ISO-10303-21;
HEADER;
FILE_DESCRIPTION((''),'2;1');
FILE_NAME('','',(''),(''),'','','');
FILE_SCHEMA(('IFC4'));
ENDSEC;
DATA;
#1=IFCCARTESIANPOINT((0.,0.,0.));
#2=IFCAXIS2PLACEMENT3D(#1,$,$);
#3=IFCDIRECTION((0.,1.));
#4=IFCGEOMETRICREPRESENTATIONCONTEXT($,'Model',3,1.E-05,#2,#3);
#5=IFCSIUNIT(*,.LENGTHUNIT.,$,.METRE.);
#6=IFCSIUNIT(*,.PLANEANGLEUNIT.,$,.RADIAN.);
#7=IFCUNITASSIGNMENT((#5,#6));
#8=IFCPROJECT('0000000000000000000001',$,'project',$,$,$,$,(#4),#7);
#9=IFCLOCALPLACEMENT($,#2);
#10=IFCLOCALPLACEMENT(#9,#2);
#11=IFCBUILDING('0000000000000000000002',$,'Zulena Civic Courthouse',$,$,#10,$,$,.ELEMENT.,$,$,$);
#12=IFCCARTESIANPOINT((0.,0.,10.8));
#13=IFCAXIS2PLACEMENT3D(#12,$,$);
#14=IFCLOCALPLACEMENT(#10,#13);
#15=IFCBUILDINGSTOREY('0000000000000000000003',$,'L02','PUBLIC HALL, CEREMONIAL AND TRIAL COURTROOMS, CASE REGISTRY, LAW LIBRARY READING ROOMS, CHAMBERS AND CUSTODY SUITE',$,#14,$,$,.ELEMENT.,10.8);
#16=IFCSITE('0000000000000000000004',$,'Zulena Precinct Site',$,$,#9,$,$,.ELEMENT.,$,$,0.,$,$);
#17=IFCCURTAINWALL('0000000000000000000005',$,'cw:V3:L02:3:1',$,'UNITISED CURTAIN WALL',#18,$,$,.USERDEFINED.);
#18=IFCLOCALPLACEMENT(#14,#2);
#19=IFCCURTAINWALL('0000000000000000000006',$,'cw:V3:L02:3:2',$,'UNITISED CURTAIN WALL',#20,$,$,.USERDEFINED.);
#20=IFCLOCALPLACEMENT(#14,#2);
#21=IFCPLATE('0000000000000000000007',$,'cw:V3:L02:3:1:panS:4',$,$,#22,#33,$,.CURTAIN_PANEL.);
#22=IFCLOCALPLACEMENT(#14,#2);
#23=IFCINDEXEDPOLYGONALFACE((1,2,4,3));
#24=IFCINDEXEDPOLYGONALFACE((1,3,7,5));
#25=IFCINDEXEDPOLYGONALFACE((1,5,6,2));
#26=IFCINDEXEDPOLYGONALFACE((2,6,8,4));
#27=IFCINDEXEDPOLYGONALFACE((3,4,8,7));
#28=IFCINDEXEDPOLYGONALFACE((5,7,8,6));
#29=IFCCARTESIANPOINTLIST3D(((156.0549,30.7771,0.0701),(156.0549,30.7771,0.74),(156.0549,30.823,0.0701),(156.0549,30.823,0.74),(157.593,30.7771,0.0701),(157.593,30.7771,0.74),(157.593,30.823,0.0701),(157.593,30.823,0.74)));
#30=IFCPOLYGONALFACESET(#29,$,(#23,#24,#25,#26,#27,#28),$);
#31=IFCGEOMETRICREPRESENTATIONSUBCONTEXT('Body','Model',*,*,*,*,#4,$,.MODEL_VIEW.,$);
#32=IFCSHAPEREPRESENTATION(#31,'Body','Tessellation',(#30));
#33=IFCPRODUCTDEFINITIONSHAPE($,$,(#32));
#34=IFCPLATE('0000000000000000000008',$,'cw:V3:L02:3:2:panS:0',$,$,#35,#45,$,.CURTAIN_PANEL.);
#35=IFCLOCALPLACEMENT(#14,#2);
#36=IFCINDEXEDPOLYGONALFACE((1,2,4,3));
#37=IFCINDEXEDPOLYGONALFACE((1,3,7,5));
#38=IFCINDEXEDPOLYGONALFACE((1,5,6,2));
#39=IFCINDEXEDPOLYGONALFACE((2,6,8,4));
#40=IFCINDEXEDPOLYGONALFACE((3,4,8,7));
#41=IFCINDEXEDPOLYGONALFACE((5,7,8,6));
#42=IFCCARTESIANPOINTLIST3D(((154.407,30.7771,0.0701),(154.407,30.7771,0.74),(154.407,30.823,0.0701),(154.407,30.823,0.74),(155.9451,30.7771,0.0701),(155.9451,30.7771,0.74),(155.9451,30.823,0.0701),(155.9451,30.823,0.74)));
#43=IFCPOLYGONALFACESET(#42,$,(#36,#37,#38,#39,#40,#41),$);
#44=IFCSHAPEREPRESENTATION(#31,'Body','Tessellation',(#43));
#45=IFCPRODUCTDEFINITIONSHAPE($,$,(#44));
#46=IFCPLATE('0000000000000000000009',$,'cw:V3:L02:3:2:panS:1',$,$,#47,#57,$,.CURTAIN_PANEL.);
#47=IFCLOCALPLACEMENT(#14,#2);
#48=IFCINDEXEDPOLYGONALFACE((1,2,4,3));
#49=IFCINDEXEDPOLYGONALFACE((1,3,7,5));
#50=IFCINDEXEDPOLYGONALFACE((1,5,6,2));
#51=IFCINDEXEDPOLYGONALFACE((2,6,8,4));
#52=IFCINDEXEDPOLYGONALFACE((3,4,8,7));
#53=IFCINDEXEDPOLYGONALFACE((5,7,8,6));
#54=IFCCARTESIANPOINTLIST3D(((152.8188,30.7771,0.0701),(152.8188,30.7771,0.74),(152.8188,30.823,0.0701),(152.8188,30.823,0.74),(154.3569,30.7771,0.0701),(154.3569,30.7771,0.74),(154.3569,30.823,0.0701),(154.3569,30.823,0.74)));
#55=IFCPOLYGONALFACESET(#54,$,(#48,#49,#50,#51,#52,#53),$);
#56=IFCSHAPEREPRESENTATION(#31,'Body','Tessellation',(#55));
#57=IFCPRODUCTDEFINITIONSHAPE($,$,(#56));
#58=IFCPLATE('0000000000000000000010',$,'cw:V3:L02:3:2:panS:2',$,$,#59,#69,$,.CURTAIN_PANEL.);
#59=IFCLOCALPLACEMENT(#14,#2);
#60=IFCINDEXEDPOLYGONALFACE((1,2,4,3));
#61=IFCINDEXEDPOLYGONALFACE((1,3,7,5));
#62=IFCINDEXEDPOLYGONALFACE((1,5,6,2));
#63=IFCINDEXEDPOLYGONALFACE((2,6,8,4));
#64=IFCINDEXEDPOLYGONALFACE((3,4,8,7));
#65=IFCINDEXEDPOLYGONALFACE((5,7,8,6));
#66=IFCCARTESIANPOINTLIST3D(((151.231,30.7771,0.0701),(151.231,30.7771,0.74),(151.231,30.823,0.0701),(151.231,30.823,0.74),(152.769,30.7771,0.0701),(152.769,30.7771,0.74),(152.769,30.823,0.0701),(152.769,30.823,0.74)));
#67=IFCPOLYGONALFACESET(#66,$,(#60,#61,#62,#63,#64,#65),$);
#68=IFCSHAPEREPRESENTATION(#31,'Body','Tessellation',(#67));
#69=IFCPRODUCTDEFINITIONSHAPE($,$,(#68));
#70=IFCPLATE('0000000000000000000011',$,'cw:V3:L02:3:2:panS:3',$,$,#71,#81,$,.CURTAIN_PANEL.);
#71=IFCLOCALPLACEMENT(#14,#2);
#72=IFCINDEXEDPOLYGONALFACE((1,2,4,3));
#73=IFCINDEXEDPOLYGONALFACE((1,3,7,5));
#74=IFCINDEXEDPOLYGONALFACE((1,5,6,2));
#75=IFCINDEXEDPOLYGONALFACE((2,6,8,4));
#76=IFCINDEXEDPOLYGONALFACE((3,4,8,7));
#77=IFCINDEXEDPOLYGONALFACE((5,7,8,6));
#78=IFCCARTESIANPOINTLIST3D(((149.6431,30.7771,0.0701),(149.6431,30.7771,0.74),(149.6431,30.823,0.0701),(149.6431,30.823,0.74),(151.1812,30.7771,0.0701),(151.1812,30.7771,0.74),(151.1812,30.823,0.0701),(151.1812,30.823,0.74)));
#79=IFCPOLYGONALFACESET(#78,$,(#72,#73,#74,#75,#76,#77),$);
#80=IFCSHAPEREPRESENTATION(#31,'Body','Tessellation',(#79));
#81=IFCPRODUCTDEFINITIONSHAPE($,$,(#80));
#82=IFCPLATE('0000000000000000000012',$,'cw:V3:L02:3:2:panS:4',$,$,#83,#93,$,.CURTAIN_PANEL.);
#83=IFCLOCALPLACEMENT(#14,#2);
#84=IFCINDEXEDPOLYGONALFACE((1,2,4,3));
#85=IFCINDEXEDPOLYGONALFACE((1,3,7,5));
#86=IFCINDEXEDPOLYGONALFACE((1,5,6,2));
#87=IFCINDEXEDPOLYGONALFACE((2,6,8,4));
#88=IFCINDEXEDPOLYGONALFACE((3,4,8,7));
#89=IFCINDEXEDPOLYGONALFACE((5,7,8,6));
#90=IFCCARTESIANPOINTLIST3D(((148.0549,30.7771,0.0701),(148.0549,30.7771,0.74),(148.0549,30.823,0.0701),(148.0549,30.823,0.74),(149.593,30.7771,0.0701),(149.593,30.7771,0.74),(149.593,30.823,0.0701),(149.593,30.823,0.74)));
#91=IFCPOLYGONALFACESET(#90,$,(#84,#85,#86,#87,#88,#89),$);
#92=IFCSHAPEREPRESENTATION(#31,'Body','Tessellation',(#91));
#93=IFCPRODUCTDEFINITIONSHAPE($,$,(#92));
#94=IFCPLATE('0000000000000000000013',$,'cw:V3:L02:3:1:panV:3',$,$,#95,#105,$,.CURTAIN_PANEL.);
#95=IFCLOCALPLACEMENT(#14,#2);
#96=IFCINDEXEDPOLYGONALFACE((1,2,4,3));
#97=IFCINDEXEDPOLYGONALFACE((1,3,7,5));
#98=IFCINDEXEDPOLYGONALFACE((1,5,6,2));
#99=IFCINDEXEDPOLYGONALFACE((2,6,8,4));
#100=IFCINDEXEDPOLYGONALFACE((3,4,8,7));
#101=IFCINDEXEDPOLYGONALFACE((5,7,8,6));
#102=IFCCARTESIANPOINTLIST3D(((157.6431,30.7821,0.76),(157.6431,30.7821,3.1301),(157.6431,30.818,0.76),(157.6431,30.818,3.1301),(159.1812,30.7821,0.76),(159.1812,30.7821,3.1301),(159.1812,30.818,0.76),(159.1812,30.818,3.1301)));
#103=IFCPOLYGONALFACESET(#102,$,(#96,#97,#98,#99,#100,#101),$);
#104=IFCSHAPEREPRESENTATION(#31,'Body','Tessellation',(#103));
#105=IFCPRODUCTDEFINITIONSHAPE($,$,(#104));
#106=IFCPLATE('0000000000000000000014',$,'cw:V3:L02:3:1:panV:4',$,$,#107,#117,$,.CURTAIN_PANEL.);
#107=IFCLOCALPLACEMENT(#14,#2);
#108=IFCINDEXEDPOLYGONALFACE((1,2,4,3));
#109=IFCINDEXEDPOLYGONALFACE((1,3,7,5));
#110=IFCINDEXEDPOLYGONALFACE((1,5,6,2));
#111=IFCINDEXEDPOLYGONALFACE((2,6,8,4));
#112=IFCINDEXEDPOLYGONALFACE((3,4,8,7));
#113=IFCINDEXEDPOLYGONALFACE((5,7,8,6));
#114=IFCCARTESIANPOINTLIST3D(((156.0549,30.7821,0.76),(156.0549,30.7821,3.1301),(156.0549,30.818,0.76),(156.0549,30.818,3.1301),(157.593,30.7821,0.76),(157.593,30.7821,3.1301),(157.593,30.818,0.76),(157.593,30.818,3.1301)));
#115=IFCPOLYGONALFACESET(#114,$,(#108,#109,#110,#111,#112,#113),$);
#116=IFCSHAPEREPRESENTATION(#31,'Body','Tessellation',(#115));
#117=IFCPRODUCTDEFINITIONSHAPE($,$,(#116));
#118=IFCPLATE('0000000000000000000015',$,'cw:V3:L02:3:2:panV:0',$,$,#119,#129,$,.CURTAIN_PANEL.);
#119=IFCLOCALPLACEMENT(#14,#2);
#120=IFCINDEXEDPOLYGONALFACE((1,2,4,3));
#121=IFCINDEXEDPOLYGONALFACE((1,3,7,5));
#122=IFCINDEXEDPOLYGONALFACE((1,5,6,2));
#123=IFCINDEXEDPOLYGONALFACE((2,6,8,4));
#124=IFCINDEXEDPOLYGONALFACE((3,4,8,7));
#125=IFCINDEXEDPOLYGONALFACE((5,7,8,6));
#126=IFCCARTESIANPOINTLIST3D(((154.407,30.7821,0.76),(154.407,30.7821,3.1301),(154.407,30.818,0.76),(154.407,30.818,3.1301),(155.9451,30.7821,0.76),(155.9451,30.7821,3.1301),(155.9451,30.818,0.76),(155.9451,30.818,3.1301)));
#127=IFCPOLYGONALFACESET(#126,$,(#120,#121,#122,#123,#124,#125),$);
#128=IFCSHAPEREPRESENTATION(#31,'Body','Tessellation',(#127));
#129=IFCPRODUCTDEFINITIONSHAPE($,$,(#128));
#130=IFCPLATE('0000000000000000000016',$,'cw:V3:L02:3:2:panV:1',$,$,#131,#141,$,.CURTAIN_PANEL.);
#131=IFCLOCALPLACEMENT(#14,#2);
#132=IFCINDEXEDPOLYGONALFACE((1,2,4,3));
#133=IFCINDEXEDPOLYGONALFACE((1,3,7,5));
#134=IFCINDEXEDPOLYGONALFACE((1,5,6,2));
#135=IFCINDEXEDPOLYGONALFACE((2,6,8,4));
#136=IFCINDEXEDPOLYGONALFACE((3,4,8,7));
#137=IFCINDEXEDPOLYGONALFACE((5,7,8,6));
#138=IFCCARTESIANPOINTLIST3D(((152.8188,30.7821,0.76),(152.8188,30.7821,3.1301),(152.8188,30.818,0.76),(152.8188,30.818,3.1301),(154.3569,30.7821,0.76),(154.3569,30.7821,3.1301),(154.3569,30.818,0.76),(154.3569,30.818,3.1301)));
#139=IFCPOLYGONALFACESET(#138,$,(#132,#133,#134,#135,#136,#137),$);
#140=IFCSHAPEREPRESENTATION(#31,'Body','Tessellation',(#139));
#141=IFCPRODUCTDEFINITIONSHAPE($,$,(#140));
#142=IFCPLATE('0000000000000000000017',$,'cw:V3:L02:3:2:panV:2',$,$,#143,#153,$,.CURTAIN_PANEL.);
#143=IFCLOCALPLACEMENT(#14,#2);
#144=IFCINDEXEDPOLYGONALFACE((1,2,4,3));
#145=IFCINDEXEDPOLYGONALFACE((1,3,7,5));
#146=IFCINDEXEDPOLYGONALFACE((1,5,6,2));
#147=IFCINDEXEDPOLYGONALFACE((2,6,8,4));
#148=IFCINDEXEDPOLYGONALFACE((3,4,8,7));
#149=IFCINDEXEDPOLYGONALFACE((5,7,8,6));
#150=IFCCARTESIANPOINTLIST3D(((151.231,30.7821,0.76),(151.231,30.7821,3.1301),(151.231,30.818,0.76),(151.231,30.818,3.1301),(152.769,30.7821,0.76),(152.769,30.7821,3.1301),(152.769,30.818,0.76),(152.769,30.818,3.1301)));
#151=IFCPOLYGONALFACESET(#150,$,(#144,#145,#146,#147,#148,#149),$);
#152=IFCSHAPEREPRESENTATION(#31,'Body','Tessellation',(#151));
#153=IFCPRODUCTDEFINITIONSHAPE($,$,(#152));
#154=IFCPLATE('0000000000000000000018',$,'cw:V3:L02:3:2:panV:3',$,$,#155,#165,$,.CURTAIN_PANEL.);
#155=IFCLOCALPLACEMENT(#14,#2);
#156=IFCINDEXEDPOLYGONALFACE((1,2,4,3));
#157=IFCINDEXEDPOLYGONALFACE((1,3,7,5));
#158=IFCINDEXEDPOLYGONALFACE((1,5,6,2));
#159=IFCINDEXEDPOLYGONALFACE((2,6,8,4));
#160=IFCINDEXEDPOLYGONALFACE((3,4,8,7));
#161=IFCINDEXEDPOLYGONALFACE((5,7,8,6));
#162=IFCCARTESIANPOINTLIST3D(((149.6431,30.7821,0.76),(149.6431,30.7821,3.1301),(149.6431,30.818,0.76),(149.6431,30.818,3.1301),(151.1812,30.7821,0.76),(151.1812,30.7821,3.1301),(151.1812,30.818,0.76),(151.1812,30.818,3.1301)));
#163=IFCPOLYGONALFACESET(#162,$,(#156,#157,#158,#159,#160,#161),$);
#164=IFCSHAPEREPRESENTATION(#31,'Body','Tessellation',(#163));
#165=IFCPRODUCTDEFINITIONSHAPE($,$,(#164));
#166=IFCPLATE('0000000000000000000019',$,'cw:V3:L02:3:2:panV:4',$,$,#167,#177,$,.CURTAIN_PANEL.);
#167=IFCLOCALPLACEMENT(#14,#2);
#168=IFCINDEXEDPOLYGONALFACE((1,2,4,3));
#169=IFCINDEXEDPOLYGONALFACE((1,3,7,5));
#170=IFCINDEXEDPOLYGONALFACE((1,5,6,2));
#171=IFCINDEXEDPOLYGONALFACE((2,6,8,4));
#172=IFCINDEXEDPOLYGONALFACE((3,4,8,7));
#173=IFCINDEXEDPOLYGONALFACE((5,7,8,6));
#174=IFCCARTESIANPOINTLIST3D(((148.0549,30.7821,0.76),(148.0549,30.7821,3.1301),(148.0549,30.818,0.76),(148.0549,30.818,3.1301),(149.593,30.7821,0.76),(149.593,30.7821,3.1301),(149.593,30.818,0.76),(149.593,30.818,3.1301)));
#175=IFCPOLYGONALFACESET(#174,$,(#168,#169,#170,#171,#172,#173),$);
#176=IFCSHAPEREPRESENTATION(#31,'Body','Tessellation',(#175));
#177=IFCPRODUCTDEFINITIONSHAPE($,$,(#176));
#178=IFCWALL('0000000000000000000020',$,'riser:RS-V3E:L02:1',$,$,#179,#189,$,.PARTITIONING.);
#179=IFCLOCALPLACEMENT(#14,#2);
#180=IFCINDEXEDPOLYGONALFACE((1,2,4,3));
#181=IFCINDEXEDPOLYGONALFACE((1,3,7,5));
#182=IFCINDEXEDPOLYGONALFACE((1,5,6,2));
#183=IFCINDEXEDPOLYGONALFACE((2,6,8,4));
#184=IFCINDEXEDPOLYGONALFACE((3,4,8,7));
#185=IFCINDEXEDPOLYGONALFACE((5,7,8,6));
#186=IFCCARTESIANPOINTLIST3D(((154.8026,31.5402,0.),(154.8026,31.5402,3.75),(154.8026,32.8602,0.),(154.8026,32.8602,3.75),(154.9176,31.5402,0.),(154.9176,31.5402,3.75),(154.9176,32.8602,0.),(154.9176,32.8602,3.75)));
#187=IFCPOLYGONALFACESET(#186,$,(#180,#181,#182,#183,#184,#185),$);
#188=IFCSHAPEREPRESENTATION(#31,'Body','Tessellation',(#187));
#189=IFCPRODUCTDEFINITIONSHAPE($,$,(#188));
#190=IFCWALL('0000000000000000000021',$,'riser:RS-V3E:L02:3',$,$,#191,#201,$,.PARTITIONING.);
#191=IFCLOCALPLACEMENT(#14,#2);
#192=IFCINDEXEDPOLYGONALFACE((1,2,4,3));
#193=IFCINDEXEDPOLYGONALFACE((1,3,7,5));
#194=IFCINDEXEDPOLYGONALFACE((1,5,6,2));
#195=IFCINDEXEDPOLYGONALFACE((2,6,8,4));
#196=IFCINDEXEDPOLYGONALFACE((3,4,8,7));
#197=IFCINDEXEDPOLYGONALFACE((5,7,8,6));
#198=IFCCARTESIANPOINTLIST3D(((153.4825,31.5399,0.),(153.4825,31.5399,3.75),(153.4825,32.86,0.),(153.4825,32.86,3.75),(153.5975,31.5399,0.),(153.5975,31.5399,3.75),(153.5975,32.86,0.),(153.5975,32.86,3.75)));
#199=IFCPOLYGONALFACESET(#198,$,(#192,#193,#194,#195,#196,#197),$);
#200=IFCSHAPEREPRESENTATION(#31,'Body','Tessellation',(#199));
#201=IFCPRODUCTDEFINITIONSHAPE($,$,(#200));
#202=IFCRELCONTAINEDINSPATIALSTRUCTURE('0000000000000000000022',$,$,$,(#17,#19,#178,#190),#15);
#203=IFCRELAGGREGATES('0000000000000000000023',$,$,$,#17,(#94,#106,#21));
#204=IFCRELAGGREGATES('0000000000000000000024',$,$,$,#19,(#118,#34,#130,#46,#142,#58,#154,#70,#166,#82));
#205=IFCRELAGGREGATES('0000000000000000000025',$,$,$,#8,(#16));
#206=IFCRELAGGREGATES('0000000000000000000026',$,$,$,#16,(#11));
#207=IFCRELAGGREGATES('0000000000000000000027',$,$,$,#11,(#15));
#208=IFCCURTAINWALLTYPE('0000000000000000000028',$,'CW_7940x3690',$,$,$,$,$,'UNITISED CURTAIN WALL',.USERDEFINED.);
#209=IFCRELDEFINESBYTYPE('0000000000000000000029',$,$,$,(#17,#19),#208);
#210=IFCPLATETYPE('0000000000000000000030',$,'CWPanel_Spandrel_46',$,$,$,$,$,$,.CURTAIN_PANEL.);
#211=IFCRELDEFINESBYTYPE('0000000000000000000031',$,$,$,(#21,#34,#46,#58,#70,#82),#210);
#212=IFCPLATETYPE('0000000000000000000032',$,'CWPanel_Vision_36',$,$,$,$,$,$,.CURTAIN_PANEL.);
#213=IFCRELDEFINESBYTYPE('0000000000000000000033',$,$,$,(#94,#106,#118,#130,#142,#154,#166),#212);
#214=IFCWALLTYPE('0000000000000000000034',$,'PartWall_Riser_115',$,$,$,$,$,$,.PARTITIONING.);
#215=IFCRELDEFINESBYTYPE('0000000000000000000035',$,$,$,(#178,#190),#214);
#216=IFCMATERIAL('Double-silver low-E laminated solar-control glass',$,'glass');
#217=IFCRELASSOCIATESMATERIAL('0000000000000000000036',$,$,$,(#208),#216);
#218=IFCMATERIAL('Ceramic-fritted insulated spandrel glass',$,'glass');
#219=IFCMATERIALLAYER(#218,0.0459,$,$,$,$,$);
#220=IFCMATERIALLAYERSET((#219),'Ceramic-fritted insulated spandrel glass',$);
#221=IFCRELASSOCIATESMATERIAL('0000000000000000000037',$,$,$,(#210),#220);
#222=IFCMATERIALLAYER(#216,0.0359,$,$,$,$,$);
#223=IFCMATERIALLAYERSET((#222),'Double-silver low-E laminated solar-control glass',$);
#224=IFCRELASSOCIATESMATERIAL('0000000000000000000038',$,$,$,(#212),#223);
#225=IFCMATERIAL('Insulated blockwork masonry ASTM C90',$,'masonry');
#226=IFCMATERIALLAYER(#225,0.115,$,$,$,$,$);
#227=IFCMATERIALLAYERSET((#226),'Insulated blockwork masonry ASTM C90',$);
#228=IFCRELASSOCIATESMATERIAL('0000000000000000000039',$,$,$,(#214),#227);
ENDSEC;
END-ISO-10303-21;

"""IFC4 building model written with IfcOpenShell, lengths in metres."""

from ifc_helpers import new_model, si_unit, direction, frame, frame_2d, origin, origin_2d, place, context, subcontext, project, spatial, rectangle, extrude, material, layer, layer_set, type_object, element, aggregate, save


model = new_model("IFC4")

# Units and contexts
model_context = context("Model", 3, precision=1e-05, world=origin(), true_north=direction((0.0, 1.0)))
body_context = subcontext(model_context, "Body", "Model", "MODEL_VIEW")
ifc_project = project(units=[si_unit("LENGTHUNIT", "METRE"), si_unit("PLANEANGLEUNIT", "RADIAN")], contexts=[model_context])

# Site, building, storey
site_placement = place(None, origin())
site = spatial("IfcSite", under=ifc_project, at=site_placement, Name="Zulena Precinct Site", CompositionType="ELEMENT", RefElevation=0.0)
building_placement = place(site_placement, origin())
building = spatial("IfcBuilding", under=site, at=building_placement, Name="Zulena Civic Courthouse", CompositionType="ELEMENT")
storey_placement = place(building_placement, frame((0.0, 0.0, 10.8)))
storey = spatial("IfcBuildingStorey", under=building, at=storey_placement, Name="L02", Description="PUBLIC HALL, CEREMONIAL AND TRIAL COURTROOMS, CASE REGISTRY, LAW LIBRARY READING ROOMS, CHAMBERS AND CUSTODY SUITE", CompositionType="ELEMENT", Elevation=10.8)

# Curtain walls
ifc_material_1 = material(Name="Double-silver low-E laminated solar-control glass", Category="glass")
curtain_wall_type = type_object("IfcCurtainWallType", Name="CW_7940x3690", ElementType="UNITISED CURTAIN WALL", PredefinedType="USERDEFINED", material=ifc_material_1)
curtain_wall_1_placement = place(storey_placement, origin())
curtain_wall_1 = element("IfcCurtainWall", 1, at=curtain_wall_1_placement, inside=storey, type_object=curtain_wall_type, Name="cw:V3:L02:3:1", ObjectType="UNITISED CURTAIN WALL", PredefinedType="USERDEFINED")
curtain_wall_2_placement = place(storey_placement, origin())
curtain_wall_2 = element("IfcCurtainWall", 2, at=curtain_wall_2_placement, inside=storey, type_object=curtain_wall_type, Name="cw:V3:L02:3:2", ObjectType="UNITISED CURTAIN WALL", PredefinedType="USERDEFINED")

# Plates
ifc_material_2 = material(Name="Ceramic-fritted insulated spandrel glass", Category="glass")
ifc_layer_1 = layer(ifc_material_2, 0.0459)
ifc_layer_set_1 = layer_set([ifc_layer_1], Name="Ceramic-fritted insulated spandrel glass")
plate_type_1 = type_object("IfcPlateType", Name="CWPanel_Spandrel_46", PredefinedType="CURTAIN_PANEL", material=ifc_layer_set_1)
plate_1_placement = place(storey_placement, frame((156.824, 30.8, 0.0701), z_axis=(0.0, 0.0, 1.0), x_axis=(-1.0, 0.0, 0.0)))
plate_1 = element("IfcPlate", 3, at=plate_1_placement, type_object=plate_type_1, Name="cw:V3:L02:3:1:panS:4", PredefinedType="CURTAIN_PANEL", context=body_context, shape_type="SweptSolid", body=[
    extrude(rectangle(XDim=1.5381, YDim=0.0459, at=origin_2d()), origin(), (0.0, 0.0, 1.0), 0.6699),
])
plate_2_placement = place(storey_placement, frame((155.176, 30.8, 0.0701), z_axis=(0.0, 0.0, 1.0), x_axis=(-1.0, 0.0, 0.0)))
plate_2 = element("IfcPlate", 4, at=plate_2_placement, type_object=plate_type_1, Name="cw:V3:L02:3:2:panS:0", PredefinedType="CURTAIN_PANEL", context=body_context, shape_type="SweptSolid", body=[
    extrude(rectangle(XDim=1.5381, YDim=0.0459, at=origin_2d()), origin(), (0.0, 0.0, 1.0), 0.6699),
])
plate_3_placement = place(storey_placement, frame((153.5879, 30.8, 0.0701), z_axis=(0.0, 0.0, 1.0), x_axis=(-1.0, 0.0, 0.0)))
plate_3 = element("IfcPlate", 5, at=plate_3_placement, type_object=plate_type_1, Name="cw:V3:L02:3:2:panS:1", PredefinedType="CURTAIN_PANEL", context=body_context, shape_type="SweptSolid", body=[
    extrude(rectangle(XDim=1.5381, YDim=0.0459, at=origin_2d()), origin(), (0.0, 0.0, 1.0), 0.6699),
])
plate_4_placement = place(storey_placement, frame((152.0, 30.8, 0.0701), z_axis=(0.0, 0.0, 1.0), x_axis=(-1.0, 0.0, 0.0)))
plate_4 = element("IfcPlate", 6, at=plate_4_placement, type_object=plate_type_1, Name="cw:V3:L02:3:2:panS:2", PredefinedType="CURTAIN_PANEL", context=body_context, shape_type="SweptSolid", body=[
    extrude(rectangle(XDim=1.5381, YDim=0.0459, at=origin_2d()), origin(), (0.0, 0.0, 1.0), 0.6699),
])
plate_5_placement = place(storey_placement, frame((150.4121, 30.8, 0.0701), z_axis=(0.0, 0.0, 1.0), x_axis=(-1.0, 0.0, 0.0)))
plate_5 = element("IfcPlate", 7, at=plate_5_placement, type_object=plate_type_1, Name="cw:V3:L02:3:2:panS:3", PredefinedType="CURTAIN_PANEL", context=body_context, shape_type="SweptSolid", body=[
    extrude(rectangle(XDim=1.5381, YDim=0.0459, at=origin_2d()), origin(), (0.0, 0.0, 1.0), 0.6699),
])
plate_6_placement = place(storey_placement, frame((148.824, 30.8, 0.0701), z_axis=(0.0, 0.0, 1.0), x_axis=(-1.0, 0.0, 0.0)))
plate_6 = element("IfcPlate", 8, at=plate_6_placement, type_object=plate_type_1, Name="cw:V3:L02:3:2:panS:4", PredefinedType="CURTAIN_PANEL", context=body_context, shape_type="SweptSolid", body=[
    extrude(rectangle(XDim=1.5381, YDim=0.0459, at=origin_2d()), origin(), (0.0, 0.0, 1.0), 0.6699),
])
ifc_layer_2 = layer(ifc_material_1, 0.0359)
ifc_layer_set_2 = layer_set([ifc_layer_2], Name="Double-silver low-E laminated solar-control glass")
plate_type_2 = type_object("IfcPlateType", Name="CWPanel_Vision_36", PredefinedType="CURTAIN_PANEL", material=ifc_layer_set_2)
plate_7_placement = place(storey_placement, frame((158.4121, 30.8, 0.76), z_axis=(0.0, 0.0, 1.0), x_axis=(-1.0, 0.0, 0.0)))
plate_7 = element("IfcPlate", 9, at=plate_7_placement, type_object=plate_type_2, Name="cw:V3:L02:3:1:panV:3", PredefinedType="CURTAIN_PANEL", context=body_context, shape_type="SweptSolid", body=[
    extrude(rectangle(XDim=1.5381, YDim=0.0359, at=origin_2d()), origin(), (0.0, 0.0, 1.0), 2.3701),
])
plate_8_placement = place(storey_placement, frame((156.824, 30.8, 0.76), z_axis=(0.0, 0.0, 1.0), x_axis=(-1.0, 0.0, 0.0)))
plate_8 = element("IfcPlate", 10, at=plate_8_placement, type_object=plate_type_2, Name="cw:V3:L02:3:1:panV:4", PredefinedType="CURTAIN_PANEL", context=body_context, shape_type="SweptSolid", body=[
    extrude(rectangle(XDim=1.5381, YDim=0.0359, at=origin_2d()), origin(), (0.0, 0.0, 1.0), 2.3701),
])
aggregate(curtain_wall_1, [plate_7, plate_8, plate_1])
plate_9_placement = place(storey_placement, frame((155.176, 30.8, 0.76), z_axis=(0.0, 0.0, 1.0), x_axis=(-1.0, 0.0, 0.0)))
plate_9 = element("IfcPlate", 11, at=plate_9_placement, type_object=plate_type_2, Name="cw:V3:L02:3:2:panV:0", PredefinedType="CURTAIN_PANEL", context=body_context, shape_type="SweptSolid", body=[
    extrude(rectangle(XDim=1.5381, YDim=0.0359, at=origin_2d()), origin(), (0.0, 0.0, 1.0), 2.3701),
])
plate_10_placement = place(storey_placement, frame((153.5879, 30.8, 0.76), z_axis=(0.0, 0.0, 1.0), x_axis=(-1.0, 0.0, 0.0)))
plate_10 = element("IfcPlate", 12, at=plate_10_placement, type_object=plate_type_2, Name="cw:V3:L02:3:2:panV:1", PredefinedType="CURTAIN_PANEL", context=body_context, shape_type="SweptSolid", body=[
    extrude(rectangle(XDim=1.5381, YDim=0.0359, at=origin_2d()), origin(), (0.0, 0.0, 1.0), 2.3701),
])
plate_11_placement = place(storey_placement, frame((152.0, 30.8, 0.76), z_axis=(0.0, 0.0, 1.0), x_axis=(-1.0, 0.0, 0.0)))
plate_11 = element("IfcPlate", 13, at=plate_11_placement, type_object=plate_type_2, Name="cw:V3:L02:3:2:panV:2", PredefinedType="CURTAIN_PANEL", context=body_context, shape_type="SweptSolid", body=[
    extrude(rectangle(XDim=1.5381, YDim=0.0359, at=origin_2d()), origin(), (0.0, 0.0, 1.0), 2.3701),
])
plate_12_placement = place(storey_placement, frame((150.4121, 30.8, 0.76), z_axis=(0.0, 0.0, 1.0), x_axis=(-1.0, 0.0, 0.0)))
plate_12 = element("IfcPlate", 14, at=plate_12_placement, type_object=plate_type_2, Name="cw:V3:L02:3:2:panV:3", PredefinedType="CURTAIN_PANEL", context=body_context, shape_type="SweptSolid", body=[
    extrude(rectangle(XDim=1.5381, YDim=0.0359, at=origin_2d()), origin(), (0.0, 0.0, 1.0), 2.3701),
])
plate_13_placement = place(storey_placement, frame((148.824, 30.8, 0.76), z_axis=(0.0, 0.0, 1.0), x_axis=(-1.0, 0.0, 0.0)))
plate_13 = element("IfcPlate", 15, at=plate_13_placement, type_object=plate_type_2, Name="cw:V3:L02:3:2:panV:4", PredefinedType="CURTAIN_PANEL", context=body_context, shape_type="SweptSolid", body=[
    extrude(rectangle(XDim=1.5381, YDim=0.0359, at=origin_2d()), origin(), (0.0, 0.0, 1.0), 2.3701),
])
aggregate(curtain_wall_2, [plate_9, plate_2, plate_10, plate_3, plate_11, plate_4, plate_12, plate_5, plate_13, plate_6])

# Walls
ifc_material_3 = material(Name="Insulated blockwork masonry ASTM C90", Category="masonry")
ifc_layer_3 = layer(ifc_material_3, 0.115)
ifc_layer_set_3 = layer_set([ifc_layer_3], Name="Insulated blockwork masonry ASTM C90")
wall_type = type_object("IfcWallType", Name="PartWall_Riser_115", PredefinedType="PARTITIONING", material=ifc_layer_set_3)
for number, where, z_axis, x_axis, name in (
    (16, (154.8601, 31.54, 0.0), (0.0, 0.0, 1.0), (0.0, 1.0, 0.0), "riser:RS-V3E:L02:1"),
    (17, (153.54, 32.8601, 0.0), (0.0, 0.0, 1.0), (0.0, -1.0, 0.0), "riser:RS-V3E:L02:3"),
):
    element("IfcWall", number, at=place(storey_placement, frame(where, z_axis=z_axis, x_axis=x_axis)), inside=storey, type_object=wall_type, Name=name, PredefinedType="PARTITIONING", context=body_context, shape_type="SweptSolid", body=[
        extrude(rectangle(XDim=1.3201, YDim=0.115, at=frame_2d((0.6602, 0.0))), origin(), (0.0, 0.0, 1.0), 3.75),
    ])

save(model, "model.ifc")
